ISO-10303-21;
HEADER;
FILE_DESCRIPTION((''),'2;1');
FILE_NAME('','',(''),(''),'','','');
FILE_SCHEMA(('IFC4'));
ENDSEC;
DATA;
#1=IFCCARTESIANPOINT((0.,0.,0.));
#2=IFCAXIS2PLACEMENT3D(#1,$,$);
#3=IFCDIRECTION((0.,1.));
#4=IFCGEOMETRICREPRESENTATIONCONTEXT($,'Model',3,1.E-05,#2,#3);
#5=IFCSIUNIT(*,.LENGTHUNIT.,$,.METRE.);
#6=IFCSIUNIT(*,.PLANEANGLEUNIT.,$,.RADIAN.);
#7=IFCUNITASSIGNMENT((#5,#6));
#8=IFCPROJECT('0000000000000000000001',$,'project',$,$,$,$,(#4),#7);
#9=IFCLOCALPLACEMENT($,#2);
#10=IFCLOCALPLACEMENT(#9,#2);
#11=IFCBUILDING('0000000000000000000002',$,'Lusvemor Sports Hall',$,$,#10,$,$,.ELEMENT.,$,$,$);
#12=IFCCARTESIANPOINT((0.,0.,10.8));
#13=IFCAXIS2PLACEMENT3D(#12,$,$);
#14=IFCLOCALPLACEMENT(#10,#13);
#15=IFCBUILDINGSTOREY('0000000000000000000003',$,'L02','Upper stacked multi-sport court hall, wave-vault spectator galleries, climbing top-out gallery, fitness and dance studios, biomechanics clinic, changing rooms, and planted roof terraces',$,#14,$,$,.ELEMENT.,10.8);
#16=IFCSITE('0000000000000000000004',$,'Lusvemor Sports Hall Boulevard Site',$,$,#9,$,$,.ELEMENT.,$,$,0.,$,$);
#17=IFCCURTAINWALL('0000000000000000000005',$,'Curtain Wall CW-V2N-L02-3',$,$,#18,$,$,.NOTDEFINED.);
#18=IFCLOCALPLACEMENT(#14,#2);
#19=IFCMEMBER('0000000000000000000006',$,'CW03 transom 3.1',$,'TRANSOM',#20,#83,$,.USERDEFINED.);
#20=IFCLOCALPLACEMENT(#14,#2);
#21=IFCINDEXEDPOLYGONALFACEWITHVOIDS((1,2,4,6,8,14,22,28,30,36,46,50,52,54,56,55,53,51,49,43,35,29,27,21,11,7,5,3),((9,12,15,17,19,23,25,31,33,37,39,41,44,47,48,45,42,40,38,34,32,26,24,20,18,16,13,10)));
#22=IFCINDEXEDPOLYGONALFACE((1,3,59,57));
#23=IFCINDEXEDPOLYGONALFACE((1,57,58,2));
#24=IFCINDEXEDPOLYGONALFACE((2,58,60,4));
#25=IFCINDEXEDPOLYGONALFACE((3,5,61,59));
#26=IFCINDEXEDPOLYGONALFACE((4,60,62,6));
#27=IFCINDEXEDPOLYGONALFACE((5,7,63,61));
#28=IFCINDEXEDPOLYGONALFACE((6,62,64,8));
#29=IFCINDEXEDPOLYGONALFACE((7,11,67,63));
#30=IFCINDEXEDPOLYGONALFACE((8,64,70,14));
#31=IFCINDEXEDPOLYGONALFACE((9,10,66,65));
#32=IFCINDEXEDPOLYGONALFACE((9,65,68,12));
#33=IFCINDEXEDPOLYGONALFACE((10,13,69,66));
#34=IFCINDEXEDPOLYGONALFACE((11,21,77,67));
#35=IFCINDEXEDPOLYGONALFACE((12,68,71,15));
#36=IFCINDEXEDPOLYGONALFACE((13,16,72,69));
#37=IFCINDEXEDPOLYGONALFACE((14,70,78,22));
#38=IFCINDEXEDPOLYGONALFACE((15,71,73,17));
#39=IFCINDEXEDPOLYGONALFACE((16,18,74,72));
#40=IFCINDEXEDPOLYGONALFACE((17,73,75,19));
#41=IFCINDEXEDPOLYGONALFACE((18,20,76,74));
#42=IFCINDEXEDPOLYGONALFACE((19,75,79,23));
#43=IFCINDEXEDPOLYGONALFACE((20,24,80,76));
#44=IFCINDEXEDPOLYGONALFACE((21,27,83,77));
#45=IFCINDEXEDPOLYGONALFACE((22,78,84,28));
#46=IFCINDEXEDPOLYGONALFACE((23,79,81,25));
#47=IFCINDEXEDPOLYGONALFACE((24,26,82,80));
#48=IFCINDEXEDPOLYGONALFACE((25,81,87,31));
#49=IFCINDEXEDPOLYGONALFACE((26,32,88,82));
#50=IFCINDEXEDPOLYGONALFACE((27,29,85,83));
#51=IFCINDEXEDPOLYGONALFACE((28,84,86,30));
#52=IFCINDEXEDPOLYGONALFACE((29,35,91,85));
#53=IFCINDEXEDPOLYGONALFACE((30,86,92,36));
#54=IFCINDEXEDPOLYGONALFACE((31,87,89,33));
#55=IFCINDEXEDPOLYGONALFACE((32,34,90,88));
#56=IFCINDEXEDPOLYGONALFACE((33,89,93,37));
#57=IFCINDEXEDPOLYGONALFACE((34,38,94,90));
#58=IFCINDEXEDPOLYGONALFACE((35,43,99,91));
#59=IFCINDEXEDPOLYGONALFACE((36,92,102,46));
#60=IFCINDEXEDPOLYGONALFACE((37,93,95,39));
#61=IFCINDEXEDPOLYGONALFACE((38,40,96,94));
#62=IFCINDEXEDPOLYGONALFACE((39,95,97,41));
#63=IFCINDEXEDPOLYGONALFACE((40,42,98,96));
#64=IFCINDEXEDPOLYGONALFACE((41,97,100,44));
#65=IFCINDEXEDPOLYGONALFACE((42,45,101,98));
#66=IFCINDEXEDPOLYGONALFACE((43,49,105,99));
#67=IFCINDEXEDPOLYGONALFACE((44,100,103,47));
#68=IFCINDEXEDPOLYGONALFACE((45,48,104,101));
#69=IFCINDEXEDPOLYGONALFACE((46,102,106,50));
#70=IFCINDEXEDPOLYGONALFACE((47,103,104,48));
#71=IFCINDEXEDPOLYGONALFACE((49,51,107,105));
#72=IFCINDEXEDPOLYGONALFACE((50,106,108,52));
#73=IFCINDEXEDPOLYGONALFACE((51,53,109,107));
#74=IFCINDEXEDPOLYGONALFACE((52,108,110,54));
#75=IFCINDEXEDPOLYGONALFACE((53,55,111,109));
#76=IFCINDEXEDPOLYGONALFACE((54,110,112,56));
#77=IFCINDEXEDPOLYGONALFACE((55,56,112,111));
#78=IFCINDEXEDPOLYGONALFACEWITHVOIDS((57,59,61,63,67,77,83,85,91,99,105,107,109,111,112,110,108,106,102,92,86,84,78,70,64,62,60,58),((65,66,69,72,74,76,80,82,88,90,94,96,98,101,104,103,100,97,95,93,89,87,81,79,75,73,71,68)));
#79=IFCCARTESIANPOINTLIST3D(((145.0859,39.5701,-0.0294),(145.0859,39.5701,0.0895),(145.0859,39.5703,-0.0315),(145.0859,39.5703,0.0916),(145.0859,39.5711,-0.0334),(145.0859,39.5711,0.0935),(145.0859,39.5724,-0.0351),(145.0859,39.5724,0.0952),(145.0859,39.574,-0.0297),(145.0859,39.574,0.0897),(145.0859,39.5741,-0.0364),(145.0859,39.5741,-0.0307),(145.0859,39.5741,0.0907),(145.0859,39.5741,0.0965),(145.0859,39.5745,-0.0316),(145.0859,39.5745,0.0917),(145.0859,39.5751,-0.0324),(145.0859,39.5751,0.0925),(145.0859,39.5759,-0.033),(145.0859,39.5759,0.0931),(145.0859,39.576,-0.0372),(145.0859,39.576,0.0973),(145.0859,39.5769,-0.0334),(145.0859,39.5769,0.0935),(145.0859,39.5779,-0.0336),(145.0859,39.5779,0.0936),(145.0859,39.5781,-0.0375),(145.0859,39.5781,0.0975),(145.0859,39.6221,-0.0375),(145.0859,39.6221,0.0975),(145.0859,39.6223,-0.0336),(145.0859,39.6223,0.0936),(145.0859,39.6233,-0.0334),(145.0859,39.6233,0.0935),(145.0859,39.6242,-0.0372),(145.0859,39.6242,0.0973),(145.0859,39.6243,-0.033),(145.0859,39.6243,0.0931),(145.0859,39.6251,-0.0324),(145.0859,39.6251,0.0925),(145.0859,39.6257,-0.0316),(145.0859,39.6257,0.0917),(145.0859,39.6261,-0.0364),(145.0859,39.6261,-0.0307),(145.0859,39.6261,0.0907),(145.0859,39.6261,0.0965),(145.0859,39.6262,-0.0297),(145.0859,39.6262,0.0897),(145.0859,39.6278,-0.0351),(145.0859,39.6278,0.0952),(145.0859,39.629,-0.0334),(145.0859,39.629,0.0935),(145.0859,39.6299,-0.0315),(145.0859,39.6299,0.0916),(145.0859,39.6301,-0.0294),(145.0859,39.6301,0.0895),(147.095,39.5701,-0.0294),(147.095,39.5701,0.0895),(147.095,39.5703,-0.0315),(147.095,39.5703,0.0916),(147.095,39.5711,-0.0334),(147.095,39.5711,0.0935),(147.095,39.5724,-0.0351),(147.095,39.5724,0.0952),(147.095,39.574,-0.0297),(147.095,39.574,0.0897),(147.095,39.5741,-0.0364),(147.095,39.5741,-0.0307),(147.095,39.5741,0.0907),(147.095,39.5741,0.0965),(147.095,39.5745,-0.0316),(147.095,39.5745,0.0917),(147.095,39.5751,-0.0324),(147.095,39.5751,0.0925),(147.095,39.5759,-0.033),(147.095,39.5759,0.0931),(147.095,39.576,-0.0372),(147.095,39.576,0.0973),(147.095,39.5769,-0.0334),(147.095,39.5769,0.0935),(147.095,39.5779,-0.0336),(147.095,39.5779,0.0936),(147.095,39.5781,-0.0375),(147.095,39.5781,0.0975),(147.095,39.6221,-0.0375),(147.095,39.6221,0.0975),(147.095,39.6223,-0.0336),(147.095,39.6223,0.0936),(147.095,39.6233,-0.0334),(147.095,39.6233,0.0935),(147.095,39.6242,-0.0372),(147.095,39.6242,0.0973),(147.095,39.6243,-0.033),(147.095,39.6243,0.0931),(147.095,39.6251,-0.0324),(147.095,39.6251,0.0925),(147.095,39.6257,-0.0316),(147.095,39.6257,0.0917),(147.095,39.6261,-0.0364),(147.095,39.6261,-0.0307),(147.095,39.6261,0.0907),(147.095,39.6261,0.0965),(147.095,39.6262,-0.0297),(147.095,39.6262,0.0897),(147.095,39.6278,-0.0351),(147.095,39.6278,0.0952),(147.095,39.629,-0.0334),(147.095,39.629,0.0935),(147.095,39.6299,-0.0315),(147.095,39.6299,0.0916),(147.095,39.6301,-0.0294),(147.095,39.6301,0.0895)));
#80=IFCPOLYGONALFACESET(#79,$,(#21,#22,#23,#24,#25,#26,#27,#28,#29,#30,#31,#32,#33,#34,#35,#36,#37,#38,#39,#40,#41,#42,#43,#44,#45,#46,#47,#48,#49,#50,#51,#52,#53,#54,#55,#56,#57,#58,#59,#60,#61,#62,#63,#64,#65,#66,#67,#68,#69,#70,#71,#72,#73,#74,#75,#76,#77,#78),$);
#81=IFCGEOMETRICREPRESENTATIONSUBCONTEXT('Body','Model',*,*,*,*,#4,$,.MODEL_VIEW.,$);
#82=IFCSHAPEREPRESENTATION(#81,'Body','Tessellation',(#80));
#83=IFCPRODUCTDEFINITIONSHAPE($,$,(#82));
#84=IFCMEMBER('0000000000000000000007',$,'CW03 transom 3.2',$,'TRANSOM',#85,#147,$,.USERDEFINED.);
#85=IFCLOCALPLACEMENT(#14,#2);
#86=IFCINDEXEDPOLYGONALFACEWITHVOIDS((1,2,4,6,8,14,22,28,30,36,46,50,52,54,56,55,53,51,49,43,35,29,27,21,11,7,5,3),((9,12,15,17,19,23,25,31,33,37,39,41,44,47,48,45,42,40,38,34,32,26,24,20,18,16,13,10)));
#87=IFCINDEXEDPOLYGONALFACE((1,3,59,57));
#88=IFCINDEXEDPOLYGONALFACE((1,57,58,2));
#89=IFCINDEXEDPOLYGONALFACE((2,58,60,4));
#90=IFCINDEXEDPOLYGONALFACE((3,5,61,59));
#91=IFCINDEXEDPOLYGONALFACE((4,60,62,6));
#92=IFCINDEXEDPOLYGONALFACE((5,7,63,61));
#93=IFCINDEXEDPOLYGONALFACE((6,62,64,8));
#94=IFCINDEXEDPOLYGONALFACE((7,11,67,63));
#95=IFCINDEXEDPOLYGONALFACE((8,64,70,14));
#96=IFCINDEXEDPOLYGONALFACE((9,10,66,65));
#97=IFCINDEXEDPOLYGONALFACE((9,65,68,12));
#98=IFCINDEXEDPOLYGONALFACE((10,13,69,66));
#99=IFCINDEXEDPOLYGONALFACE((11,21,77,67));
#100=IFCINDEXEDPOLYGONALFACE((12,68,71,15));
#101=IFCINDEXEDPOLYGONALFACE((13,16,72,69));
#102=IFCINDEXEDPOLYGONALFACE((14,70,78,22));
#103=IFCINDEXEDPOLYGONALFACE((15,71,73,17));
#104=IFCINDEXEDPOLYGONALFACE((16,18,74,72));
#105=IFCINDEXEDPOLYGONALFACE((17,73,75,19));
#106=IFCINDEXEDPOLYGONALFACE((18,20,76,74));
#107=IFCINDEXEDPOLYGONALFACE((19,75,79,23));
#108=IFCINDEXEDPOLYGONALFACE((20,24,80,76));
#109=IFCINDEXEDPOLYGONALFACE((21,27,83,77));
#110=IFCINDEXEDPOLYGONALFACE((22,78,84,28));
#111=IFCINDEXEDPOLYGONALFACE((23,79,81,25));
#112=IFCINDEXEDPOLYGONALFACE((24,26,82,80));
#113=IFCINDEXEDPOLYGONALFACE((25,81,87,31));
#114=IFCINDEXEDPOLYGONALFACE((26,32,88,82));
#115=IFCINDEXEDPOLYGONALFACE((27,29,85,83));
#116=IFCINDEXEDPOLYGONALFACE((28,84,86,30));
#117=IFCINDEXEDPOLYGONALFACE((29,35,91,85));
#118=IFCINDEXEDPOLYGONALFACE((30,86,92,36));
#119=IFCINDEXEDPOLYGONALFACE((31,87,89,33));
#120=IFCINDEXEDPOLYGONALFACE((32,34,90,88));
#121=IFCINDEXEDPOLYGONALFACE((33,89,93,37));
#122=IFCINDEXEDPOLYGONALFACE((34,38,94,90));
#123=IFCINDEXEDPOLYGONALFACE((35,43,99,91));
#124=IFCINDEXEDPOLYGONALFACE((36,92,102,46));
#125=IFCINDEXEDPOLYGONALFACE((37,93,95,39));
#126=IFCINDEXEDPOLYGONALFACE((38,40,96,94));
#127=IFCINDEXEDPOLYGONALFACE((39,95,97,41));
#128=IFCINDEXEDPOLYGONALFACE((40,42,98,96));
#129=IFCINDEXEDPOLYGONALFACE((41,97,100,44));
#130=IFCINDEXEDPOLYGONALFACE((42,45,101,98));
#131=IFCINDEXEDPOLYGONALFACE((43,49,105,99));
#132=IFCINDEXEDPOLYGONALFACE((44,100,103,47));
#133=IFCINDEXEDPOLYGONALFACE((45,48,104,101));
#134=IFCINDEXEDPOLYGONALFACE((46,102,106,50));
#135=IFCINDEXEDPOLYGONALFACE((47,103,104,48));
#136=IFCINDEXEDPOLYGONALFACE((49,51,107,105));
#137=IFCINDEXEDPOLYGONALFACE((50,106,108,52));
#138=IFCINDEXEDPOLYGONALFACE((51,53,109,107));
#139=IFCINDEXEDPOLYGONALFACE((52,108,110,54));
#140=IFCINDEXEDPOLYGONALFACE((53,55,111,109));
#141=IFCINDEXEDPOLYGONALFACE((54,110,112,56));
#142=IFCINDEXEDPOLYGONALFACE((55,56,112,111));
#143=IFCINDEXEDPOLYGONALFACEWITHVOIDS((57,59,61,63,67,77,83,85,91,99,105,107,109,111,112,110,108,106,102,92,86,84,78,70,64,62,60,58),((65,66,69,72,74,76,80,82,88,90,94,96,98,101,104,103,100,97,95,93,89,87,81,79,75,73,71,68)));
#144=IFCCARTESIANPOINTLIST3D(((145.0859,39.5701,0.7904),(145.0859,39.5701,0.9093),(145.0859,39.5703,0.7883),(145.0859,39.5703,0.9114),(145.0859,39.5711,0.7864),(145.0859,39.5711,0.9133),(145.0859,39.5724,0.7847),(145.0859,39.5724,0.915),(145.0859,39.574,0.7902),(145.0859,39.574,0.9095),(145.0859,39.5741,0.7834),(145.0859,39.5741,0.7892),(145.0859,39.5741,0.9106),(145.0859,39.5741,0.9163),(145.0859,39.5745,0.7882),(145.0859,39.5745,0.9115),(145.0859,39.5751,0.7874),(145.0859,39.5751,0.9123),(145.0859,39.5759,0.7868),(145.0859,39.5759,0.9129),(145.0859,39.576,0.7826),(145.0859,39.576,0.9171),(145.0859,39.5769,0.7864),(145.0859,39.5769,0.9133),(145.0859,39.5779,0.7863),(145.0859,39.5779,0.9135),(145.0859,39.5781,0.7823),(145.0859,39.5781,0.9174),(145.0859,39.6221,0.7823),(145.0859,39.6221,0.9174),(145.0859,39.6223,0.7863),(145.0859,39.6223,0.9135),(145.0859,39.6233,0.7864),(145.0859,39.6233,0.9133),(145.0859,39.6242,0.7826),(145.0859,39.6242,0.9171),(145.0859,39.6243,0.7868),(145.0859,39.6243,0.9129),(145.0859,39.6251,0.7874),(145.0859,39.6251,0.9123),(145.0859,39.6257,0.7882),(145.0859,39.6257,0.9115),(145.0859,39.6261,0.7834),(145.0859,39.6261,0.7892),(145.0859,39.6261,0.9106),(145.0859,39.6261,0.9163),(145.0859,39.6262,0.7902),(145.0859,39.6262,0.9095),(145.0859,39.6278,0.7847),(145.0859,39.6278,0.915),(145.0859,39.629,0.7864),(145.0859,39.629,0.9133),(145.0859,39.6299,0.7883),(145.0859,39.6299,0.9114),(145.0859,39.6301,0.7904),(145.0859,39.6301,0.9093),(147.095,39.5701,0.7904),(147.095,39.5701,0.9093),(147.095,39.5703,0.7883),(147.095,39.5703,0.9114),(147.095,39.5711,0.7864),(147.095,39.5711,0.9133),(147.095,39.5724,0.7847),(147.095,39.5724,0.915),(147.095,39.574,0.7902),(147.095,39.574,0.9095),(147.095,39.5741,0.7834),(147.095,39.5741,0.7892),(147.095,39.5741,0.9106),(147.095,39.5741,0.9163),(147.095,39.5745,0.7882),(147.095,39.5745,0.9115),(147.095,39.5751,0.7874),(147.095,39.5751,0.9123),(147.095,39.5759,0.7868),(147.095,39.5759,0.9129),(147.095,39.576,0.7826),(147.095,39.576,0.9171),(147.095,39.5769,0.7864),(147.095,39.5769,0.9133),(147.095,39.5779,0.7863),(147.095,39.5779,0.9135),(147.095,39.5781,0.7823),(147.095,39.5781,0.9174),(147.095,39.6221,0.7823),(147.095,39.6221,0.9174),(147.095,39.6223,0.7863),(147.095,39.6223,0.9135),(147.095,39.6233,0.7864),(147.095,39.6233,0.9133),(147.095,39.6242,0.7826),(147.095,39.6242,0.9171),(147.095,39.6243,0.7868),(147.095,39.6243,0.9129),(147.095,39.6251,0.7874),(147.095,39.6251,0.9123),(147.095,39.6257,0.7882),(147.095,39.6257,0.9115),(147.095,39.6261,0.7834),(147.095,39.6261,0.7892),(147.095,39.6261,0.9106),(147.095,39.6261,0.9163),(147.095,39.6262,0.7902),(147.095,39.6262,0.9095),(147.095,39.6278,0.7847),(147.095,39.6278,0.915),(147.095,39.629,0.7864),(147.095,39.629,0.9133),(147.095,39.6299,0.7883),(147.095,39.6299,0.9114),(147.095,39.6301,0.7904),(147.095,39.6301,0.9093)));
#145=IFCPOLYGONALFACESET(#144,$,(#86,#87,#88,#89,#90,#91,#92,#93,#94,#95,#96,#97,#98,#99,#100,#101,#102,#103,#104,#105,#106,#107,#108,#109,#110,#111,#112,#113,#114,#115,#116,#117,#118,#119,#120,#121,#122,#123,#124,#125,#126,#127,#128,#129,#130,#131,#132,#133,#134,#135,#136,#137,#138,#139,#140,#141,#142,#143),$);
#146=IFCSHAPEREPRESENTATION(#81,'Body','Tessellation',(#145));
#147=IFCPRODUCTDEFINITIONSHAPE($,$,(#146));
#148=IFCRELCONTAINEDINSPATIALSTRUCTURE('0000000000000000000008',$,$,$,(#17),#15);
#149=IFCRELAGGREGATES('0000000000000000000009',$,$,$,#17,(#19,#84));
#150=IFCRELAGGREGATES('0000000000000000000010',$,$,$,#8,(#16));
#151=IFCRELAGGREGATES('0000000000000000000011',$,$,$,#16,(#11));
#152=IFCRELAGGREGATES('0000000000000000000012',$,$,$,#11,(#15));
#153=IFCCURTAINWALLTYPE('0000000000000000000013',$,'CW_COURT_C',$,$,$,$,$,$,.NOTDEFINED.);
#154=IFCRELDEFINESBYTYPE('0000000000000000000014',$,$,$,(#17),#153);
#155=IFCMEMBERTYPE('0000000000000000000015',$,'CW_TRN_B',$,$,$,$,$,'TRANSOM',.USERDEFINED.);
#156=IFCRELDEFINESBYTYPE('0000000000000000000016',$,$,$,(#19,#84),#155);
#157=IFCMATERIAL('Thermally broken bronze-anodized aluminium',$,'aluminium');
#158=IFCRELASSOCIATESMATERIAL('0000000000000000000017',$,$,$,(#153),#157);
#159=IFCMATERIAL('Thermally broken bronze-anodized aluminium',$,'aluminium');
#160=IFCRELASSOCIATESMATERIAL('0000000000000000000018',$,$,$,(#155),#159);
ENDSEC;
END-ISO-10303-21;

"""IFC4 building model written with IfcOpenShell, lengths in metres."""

from ifc_helpers import new_model, si_unit, direction, frame, origin, origin_2d, place, context, subcontext, project, spatial, hollow_rectangle, extrude, material, material_profile, profile_set, type_object, element, aggregate, save


model = new_model("IFC4")

# Units and contexts
model_context = context("Model", 3, precision=1e-05, world=origin(), true_north=direction((0.0, 1.0)))
body_context = subcontext(model_context, "Body", "Model", "MODEL_VIEW")
ifc_project = project(units=[si_unit("LENGTHUNIT", "METRE"), si_unit("PLANEANGLEUNIT", "RADIAN")], contexts=[model_context])

# Site, building, storey
site_placement = place(None, origin())
site = spatial("IfcSite", under=ifc_project, at=site_placement, Name="Lusvemor Sports Hall Boulevard Site", CompositionType="ELEMENT", RefElevation=0.0)
building_placement = place(site_placement, origin())
building = spatial("IfcBuilding", under=site, at=building_placement, Name="Lusvemor Sports Hall", CompositionType="ELEMENT")
storey_placement = place(building_placement, frame((0.0, 0.0, 10.8)))
storey = spatial("IfcBuildingStorey", under=building, at=storey_placement, Name="L02", Description="Upper stacked multi-sport court hall, wave-vault spectator galleries, climbing top-out gallery, fitness and dance studios, biomechanics clinic, changing rooms, and planted roof terraces", CompositionType="ELEMENT", Elevation=10.8)

# Curtain wall, members
ifc_material_1 = material(Name="Thermally broken bronze-anodized aluminium", Category="aluminium")
curtain_wall_type = type_object("IfcCurtainWallType", Name="CW_COURT_C", PredefinedType="NOTDEFINED", material=ifc_material_1)
curtain_wall_placement = place(storey_placement, origin())
curtain_wall = element("IfcCurtainWall", 1, at=curtain_wall_placement, inside=storey, type_object=curtain_wall_type, Name="Curtain Wall CW-V2N-L02-3", PredefinedType="NOTDEFINED")
ifc_material_2 = material(Name="Thermally broken bronze-anodized aluminium", Category="aluminium")
ifc_material_profile_1 = material_profile(ifc_material_2, hollow_rectangle(XDim=0.0601, YDim=0.135, WallThickness=0.0039, InnerFilletRadius=0.0039, OuterFilletRadius=0.0081, at=origin_2d()), Name="CWTRN135x60x4")
ifc_profile_set_1 = profile_set([ifc_material_profile_1], Name="Thermally broken bronze-anodized aluminium")
member_type_1 = type_object("IfcMemberType", Name="CW_TRN_B", ElementType="TRANSOM", PredefinedType="USERDEFINED", material=ifc_profile_set_1)
member_1_placement = place(storey_placement, frame((145.0859, 39.6001, 0.03), z_axis=(1.0, 0.0, 0.0), x_axis=(0.0, 1.0, 0.0)))
member_1 = element("IfcMember", 2, at=member_1_placement, type_object=member_type_1, Name="CW03 transom 3.1", ObjectType="TRANSOM", PredefinedType="USERDEFINED", context=body_context, shape_type="SweptSolid", body=[
    extrude(hollow_rectangle(XDim=0.0601, YDim=0.135, WallThickness=0.0039, InnerFilletRadius=0.0039, OuterFilletRadius=0.0081, at=origin_2d()), origin(), (0.0, 0.0, 1.0), 2.009),
])
member_2_placement = place(storey_placement, frame((145.0859, 39.6001, 0.8499), z_axis=(1.0, 0.0, 0.0), x_axis=(0.0, 1.0, 0.0)))
member_2 = element("IfcMember", 3, at=member_2_placement, type_object=member_type_1, Name="CW03 transom 3.2", ObjectType="TRANSOM", PredefinedType="USERDEFINED", context=body_context, shape_type="SweptSolid", body=[
    extrude(hollow_rectangle(XDim=0.0601, YDim=0.135, WallThickness=0.0039, InnerFilletRadius=0.0039, OuterFilletRadius=0.0081, at=origin_2d()), origin(), (0.0, 0.0, 1.0), 2.009),
])

aggregate(curtain_wall, [member_1, member_2])

save(model, "model.ifc")
